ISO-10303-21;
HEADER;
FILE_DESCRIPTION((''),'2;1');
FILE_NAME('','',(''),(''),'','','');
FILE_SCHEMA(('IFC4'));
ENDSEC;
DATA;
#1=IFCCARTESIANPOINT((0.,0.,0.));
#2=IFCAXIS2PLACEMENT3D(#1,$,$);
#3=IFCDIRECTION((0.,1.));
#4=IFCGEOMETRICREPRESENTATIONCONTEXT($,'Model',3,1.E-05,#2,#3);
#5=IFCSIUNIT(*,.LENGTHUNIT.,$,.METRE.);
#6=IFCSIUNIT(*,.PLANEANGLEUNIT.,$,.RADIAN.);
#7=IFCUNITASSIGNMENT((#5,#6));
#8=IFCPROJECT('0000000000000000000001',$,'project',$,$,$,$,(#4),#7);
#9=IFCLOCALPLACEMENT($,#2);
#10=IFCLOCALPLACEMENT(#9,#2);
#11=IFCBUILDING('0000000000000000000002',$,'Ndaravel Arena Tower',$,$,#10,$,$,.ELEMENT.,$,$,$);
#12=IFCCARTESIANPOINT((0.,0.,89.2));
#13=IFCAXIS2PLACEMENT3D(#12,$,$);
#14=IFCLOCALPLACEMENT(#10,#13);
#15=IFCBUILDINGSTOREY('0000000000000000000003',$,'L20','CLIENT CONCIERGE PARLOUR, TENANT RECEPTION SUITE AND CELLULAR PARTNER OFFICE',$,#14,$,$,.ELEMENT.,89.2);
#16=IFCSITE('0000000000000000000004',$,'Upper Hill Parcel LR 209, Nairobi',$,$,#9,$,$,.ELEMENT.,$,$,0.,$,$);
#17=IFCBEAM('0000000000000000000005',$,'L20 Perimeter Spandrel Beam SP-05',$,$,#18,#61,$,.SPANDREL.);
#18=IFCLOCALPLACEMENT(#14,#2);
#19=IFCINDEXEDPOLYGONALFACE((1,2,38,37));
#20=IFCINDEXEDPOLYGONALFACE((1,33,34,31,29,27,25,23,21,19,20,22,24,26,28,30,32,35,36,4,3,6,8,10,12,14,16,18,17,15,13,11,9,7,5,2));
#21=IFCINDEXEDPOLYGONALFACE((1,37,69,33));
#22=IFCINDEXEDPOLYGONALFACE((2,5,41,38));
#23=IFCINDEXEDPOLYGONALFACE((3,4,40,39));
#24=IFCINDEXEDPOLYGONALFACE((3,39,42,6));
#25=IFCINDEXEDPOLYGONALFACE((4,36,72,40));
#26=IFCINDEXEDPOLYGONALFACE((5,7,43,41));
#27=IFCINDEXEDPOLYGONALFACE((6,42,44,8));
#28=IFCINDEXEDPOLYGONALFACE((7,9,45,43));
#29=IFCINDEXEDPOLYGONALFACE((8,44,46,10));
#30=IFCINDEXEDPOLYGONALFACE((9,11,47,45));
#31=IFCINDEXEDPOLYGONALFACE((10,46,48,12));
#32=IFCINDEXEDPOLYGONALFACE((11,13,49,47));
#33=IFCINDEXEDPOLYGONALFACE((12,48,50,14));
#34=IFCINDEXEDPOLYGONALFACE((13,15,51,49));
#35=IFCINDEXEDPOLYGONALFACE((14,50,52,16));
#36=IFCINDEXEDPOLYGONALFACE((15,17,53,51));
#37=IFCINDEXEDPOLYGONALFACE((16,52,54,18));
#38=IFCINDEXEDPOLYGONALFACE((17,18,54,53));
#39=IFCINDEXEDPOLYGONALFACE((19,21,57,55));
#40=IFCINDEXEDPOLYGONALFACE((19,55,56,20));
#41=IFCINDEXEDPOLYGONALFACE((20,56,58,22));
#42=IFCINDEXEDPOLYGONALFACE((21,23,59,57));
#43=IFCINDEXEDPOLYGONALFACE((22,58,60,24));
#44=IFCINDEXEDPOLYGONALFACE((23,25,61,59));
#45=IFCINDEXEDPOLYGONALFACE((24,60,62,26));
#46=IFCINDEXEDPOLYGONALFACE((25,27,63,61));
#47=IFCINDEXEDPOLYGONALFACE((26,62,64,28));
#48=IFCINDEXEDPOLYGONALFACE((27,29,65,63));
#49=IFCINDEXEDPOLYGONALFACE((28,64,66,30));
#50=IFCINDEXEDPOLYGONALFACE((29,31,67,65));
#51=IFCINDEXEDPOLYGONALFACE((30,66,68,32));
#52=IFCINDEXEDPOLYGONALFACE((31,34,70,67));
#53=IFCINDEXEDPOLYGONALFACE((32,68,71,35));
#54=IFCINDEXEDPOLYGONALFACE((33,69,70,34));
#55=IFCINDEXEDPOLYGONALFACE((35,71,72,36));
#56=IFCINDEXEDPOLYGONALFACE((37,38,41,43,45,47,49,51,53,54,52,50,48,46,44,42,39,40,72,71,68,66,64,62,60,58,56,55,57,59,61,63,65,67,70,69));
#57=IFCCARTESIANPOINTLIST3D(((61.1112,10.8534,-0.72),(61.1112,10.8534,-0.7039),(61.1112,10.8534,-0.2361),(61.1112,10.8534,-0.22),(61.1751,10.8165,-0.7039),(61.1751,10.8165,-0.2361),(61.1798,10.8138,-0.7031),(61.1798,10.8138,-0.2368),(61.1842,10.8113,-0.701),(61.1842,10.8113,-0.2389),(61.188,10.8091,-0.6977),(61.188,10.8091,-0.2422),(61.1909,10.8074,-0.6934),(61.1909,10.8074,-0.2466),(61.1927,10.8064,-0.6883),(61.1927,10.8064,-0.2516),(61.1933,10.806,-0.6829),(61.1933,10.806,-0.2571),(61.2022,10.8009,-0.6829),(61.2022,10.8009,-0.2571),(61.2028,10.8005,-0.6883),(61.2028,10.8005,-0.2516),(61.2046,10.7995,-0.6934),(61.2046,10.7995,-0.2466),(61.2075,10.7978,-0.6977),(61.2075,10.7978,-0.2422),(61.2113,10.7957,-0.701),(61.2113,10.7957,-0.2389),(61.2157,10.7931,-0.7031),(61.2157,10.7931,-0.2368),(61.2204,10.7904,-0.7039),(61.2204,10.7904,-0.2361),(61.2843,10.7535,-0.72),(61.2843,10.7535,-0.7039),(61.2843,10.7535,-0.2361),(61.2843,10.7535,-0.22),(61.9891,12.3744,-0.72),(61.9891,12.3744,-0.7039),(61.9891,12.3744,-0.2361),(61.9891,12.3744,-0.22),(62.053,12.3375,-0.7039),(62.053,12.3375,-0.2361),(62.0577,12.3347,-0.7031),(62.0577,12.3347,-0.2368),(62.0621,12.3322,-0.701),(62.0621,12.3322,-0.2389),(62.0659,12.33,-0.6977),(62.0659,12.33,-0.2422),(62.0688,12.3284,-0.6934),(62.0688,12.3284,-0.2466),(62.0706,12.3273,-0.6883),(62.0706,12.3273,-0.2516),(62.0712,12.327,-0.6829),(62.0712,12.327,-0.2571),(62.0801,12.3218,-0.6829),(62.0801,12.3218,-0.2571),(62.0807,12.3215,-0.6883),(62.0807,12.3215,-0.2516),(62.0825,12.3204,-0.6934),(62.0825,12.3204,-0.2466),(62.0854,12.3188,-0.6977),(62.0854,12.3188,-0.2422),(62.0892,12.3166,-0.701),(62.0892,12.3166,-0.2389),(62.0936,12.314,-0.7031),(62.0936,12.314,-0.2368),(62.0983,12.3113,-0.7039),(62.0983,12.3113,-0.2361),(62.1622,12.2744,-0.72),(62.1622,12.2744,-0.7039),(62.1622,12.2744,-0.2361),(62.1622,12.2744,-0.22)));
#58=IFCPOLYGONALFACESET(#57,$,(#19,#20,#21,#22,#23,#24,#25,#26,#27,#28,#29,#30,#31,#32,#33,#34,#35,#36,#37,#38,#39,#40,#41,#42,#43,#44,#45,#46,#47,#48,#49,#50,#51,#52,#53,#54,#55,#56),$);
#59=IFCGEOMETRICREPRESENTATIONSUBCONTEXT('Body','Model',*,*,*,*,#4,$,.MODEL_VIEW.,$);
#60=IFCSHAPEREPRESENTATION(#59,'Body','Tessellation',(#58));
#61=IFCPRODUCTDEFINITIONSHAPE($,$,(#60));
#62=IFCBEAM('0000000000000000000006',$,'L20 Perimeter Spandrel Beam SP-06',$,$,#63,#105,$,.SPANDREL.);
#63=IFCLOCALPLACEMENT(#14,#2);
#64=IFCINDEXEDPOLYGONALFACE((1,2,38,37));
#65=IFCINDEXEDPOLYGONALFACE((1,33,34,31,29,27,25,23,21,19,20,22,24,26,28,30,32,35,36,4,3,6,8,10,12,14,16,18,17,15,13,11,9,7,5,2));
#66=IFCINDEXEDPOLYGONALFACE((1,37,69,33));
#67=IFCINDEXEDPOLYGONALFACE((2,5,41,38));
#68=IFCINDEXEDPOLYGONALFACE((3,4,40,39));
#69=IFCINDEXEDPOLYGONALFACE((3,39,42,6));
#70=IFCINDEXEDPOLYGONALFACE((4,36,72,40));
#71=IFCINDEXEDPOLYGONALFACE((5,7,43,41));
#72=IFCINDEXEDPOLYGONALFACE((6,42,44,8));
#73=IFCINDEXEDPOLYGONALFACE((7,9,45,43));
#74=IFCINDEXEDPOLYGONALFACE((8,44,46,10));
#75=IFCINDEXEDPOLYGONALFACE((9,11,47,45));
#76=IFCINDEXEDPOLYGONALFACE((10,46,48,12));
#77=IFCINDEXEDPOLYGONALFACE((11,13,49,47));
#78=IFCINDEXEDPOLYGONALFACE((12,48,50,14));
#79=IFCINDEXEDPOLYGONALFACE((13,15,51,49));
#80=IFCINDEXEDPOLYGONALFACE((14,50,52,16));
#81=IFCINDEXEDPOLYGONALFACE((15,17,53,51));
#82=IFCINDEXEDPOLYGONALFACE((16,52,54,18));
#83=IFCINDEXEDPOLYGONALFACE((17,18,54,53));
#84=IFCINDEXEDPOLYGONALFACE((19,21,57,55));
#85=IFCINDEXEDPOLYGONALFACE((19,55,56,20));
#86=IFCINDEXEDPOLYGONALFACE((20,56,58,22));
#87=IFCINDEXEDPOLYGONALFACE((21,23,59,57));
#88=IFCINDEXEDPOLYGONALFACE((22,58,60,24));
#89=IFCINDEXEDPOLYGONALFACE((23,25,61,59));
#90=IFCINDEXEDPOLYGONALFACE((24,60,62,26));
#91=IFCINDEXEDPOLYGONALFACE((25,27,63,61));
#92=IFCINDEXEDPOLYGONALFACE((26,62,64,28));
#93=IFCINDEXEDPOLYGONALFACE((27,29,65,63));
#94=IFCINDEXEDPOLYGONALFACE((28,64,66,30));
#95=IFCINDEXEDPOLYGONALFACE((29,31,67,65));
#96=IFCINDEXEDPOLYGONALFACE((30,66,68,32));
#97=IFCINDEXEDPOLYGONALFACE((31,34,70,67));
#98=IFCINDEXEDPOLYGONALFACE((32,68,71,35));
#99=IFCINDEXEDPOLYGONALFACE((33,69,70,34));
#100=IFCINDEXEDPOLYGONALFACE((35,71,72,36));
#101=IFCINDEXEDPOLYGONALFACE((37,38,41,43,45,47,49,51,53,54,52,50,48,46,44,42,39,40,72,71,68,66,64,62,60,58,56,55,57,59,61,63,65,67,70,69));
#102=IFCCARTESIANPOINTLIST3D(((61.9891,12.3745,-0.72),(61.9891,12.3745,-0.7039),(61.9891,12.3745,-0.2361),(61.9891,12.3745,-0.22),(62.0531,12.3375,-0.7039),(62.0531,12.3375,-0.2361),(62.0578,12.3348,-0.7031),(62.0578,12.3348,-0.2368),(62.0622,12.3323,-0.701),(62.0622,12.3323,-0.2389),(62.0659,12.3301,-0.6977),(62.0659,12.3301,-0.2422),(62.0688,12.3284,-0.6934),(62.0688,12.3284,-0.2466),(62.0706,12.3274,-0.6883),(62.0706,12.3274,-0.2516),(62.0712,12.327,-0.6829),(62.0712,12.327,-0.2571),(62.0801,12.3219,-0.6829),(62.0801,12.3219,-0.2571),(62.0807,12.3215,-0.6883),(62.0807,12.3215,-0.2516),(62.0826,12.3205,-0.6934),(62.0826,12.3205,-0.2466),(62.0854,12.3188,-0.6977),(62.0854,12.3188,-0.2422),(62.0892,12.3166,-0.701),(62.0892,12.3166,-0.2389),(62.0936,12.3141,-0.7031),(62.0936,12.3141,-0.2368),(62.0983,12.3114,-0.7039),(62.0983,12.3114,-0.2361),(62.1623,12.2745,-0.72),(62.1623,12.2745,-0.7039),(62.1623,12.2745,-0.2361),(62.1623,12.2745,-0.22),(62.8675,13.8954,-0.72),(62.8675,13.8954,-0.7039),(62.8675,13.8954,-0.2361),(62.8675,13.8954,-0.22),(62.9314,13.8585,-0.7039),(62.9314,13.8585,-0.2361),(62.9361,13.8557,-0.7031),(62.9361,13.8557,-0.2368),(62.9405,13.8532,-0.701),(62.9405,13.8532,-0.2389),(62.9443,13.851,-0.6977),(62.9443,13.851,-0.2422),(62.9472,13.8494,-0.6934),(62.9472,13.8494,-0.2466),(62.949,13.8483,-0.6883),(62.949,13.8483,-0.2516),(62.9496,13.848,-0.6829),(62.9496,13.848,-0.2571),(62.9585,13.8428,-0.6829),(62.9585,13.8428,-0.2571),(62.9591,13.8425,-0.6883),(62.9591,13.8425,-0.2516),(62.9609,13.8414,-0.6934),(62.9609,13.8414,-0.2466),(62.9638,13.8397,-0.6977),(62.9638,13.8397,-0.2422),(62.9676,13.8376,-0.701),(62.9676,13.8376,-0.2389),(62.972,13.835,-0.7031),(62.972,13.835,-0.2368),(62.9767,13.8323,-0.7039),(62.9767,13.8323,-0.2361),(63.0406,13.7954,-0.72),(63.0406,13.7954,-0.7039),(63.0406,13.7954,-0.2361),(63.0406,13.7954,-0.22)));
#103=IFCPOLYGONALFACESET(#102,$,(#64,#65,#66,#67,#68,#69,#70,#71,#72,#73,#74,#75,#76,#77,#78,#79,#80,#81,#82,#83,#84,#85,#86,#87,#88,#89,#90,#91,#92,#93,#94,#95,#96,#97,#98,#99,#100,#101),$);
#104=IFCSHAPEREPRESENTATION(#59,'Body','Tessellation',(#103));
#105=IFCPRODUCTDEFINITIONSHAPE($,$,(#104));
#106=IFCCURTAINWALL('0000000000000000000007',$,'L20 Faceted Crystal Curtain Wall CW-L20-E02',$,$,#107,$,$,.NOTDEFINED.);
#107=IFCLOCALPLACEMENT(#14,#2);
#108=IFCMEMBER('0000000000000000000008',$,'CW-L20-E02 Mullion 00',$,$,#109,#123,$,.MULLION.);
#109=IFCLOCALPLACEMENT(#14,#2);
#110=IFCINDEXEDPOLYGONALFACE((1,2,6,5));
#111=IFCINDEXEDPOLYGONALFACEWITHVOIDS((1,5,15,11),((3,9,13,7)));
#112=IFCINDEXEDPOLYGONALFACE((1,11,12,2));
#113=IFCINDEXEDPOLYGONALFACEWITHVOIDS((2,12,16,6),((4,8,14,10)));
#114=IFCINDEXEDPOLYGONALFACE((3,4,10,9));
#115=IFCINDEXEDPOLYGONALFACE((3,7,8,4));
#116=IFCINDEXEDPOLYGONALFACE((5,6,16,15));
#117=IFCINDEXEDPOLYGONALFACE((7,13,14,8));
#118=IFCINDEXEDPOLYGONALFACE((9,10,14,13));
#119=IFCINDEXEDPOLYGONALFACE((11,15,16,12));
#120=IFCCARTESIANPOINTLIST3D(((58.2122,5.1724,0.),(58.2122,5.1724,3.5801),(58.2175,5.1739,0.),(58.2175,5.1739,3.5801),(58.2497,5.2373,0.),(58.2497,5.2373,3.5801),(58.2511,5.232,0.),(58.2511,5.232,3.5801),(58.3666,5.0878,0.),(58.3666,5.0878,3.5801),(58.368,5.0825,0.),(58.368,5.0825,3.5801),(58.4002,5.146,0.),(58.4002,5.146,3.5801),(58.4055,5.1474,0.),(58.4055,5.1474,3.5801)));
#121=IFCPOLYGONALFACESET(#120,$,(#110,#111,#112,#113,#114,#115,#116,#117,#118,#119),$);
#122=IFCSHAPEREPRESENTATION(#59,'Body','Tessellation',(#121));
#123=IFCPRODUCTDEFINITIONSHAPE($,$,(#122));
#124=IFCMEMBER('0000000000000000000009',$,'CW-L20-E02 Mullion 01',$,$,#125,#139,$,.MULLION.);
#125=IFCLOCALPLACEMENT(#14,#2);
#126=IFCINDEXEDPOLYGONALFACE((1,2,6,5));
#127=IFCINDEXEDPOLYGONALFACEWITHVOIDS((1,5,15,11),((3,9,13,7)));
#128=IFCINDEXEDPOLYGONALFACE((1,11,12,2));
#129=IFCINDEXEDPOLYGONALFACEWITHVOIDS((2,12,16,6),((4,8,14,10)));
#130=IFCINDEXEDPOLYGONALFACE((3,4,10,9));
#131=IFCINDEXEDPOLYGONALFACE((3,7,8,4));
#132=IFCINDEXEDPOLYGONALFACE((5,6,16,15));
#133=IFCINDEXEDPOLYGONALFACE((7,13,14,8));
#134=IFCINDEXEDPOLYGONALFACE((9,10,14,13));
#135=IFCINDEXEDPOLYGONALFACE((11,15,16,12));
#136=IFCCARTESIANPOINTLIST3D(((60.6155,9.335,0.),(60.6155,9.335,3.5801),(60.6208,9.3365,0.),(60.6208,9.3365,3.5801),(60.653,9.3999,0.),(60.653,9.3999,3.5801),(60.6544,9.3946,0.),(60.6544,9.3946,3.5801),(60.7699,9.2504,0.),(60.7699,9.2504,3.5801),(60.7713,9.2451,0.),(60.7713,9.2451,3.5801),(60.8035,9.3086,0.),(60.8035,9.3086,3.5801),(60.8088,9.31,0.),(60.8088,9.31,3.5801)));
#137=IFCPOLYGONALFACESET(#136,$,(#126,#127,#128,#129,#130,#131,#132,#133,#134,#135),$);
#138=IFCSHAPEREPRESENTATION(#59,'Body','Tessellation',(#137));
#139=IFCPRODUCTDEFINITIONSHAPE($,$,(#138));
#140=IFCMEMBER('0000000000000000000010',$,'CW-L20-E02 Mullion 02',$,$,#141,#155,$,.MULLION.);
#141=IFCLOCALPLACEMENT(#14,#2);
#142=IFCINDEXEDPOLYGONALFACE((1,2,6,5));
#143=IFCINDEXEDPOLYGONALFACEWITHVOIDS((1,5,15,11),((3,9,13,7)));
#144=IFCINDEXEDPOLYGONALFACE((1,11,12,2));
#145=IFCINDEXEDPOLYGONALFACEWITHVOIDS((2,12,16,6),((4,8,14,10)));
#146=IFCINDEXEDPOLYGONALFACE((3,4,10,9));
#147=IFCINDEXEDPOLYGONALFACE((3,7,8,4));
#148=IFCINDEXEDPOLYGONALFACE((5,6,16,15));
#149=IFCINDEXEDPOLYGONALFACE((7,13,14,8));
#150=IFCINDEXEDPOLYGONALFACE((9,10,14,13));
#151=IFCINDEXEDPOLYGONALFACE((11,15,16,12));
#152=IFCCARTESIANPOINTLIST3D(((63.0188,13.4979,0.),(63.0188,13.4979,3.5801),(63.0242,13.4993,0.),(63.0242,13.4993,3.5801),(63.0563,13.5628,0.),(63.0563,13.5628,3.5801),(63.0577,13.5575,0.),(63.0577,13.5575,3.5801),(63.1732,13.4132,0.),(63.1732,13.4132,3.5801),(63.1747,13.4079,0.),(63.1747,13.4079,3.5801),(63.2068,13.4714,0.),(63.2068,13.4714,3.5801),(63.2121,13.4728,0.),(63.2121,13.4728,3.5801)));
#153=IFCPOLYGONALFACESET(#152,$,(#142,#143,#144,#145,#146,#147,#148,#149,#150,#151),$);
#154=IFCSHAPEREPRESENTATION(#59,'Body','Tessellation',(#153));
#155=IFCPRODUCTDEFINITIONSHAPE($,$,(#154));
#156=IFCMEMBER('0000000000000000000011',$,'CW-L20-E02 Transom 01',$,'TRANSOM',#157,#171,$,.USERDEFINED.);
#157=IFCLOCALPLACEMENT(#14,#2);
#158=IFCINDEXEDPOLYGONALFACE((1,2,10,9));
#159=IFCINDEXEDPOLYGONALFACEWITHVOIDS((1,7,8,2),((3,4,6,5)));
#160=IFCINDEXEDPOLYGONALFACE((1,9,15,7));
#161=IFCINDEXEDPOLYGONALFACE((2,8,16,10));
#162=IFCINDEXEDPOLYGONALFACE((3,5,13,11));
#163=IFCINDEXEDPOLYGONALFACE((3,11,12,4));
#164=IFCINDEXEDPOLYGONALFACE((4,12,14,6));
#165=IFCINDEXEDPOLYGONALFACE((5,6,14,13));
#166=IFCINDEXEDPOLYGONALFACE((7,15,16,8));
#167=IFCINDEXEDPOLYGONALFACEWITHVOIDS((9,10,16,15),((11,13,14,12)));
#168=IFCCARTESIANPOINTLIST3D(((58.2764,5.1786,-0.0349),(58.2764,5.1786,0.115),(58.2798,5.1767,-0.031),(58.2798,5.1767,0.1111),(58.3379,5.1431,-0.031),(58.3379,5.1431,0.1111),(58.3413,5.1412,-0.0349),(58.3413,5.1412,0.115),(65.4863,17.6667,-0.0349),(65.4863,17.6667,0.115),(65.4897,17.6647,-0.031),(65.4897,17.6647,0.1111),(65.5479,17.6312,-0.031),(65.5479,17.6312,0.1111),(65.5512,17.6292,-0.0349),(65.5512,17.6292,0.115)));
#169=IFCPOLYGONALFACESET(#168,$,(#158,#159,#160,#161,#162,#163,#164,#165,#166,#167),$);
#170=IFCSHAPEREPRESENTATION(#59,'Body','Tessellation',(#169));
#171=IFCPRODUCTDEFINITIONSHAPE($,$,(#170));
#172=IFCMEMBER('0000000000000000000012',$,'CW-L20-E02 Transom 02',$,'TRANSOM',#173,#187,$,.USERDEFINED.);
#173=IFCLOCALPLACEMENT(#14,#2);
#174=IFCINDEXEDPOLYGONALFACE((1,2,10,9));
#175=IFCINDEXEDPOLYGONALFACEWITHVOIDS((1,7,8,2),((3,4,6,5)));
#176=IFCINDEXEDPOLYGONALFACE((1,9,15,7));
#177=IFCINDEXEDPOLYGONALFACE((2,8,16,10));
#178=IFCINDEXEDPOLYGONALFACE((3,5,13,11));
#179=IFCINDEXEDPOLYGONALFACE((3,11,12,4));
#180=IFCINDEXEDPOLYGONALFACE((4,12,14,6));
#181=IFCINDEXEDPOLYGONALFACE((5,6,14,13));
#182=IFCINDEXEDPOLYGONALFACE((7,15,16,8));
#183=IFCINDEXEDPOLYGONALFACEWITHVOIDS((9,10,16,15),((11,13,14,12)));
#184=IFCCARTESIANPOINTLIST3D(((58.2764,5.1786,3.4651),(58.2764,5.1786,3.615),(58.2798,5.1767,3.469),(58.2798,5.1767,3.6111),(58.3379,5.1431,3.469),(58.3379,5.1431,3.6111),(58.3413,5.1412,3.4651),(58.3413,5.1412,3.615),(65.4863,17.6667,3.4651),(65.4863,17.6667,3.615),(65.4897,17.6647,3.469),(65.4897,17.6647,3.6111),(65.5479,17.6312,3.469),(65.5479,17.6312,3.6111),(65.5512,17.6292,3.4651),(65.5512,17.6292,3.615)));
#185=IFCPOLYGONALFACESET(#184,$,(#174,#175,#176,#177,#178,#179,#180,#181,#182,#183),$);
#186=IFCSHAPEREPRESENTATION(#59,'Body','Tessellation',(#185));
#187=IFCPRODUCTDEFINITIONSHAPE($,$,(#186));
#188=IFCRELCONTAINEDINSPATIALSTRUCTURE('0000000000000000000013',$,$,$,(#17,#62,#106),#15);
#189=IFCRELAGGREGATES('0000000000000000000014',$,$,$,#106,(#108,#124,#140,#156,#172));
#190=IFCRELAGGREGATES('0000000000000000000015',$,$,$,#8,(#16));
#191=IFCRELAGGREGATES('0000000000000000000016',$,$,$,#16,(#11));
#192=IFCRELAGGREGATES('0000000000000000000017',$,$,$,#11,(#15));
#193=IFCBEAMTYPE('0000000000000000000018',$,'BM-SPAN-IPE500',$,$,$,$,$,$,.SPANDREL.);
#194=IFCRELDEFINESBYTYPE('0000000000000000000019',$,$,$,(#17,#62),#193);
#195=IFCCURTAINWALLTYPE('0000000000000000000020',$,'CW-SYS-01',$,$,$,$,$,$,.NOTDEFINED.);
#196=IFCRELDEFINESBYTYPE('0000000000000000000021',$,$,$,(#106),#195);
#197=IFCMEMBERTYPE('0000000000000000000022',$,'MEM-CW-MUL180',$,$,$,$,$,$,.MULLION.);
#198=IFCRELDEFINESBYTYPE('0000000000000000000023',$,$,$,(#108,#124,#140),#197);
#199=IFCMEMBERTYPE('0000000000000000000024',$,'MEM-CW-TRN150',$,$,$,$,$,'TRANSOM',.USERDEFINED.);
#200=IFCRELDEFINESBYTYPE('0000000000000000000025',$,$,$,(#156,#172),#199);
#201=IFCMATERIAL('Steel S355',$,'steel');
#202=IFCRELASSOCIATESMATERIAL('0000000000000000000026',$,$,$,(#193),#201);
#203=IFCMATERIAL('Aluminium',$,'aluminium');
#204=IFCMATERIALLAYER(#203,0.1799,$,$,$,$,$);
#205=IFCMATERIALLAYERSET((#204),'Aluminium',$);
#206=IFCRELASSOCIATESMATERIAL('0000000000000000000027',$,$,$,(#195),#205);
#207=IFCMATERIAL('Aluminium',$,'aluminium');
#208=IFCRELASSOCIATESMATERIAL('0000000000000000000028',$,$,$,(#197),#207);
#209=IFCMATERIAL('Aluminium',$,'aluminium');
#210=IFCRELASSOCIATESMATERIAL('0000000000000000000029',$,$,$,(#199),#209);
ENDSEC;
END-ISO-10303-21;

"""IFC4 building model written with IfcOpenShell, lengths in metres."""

from ifc_helpers import new_model, si_unit, direction, frame, origin, origin_2d, place, context, subcontext, project, spatial, hollow_rectangle, i_section, extrude, material, layer, layer_set, material_profile, profile_set, type_object, element, aggregate, save


model = new_model("IFC4")

# Units and contexts
model_context = context("Model", 3, precision=1e-05, world=origin(), true_north=direction((0.0, 1.0)))
body_context = subcontext(model_context, "Body", "Model", "MODEL_VIEW")
ifc_project = project(units=[si_unit("LENGTHUNIT", "METRE"), si_unit("PLANEANGLEUNIT", "RADIAN")], contexts=[model_context])

# Site, building, storey
site_placement = place(None, origin())
site = spatial("IfcSite", under=ifc_project, at=site_placement, Name="Upper Hill Parcel LR 209, Nairobi", CompositionType="ELEMENT", RefElevation=0.0)
building_placement = place(site_placement, origin())
building = spatial("IfcBuilding", under=site, at=building_placement, Name="Ndaravel Arena Tower", CompositionType="ELEMENT")
storey_placement = place(building_placement, frame((0.0, 0.0, 89.2)))
storey = spatial("IfcBuildingStorey", under=building, at=storey_placement, Name="L20", Description="CLIENT CONCIERGE PARLOUR, TENANT RECEPTION SUITE AND CELLULAR PARTNER OFFICE", CompositionType="ELEMENT", Elevation=89.2)

# Beams
ifc_material_1 = material(Name="Steel S355", Category="steel")
ifc_material_profile_1 = material_profile(ifc_material_1, i_section(OverallWidth=0.2, OverallDepth=0.5, WebThickness=0.0103, FlangeThickness=0.0161, FilletRadius=0.021, at=origin_2d()), Name="IPE 500")
ifc_profile_set_1 = profile_set([ifc_material_profile_1], Name="Steel S355")
beam_type = type_object("IfcBeamType", Name="BM-SPAN-IPE500", PredefinedType="SPANDREL", material=ifc_profile_set_1)
beam_1_placement = place(storey_placement, frame((61.1978, 10.8035, -0.47), z_axis=(0.499907, 0.866079, 0.0), x_axis=(-0.866079, 0.499907, 0.0)))
element("IfcBeam", 1, at=beam_1_placement, inside=storey, type_object=beam_type, Name="L20 Perimeter Spandrel Beam SP-05", PredefinedType="SPANDREL", context=body_context, shape_type="SweptSolid", body=[
    extrude(i_section(OverallWidth=0.2, OverallDepth=0.5, WebThickness=0.0103, FlangeThickness=0.0161, FilletRadius=0.021, at=origin_2d()), origin(), (0.0, 0.0, 1.0), 1.7561),
])
beam_2_placement = place(storey_placement, frame((62.0757, 12.3245, -0.47), z_axis=(0.500115, 0.865959, 0.0), x_axis=(-0.865959, 0.500115, 0.0)))
element("IfcBeam", 2, at=beam_2_placement, inside=storey, type_object=beam_type, Name="L20 Perimeter Spandrel Beam SP-06", PredefinedType="SPANDREL", context=body_context, shape_type="SweptSolid", body=[
    extrude(i_section(OverallWidth=0.2, OverallDepth=0.5, WebThickness=0.0103, FlangeThickness=0.0161, FilletRadius=0.021, at=origin_2d()), origin(), (0.0, 0.0, 1.0), 1.7563),
])

# Curtain wall, members
ifc_material_2 = material(Name="Aluminium", Category="aluminium")
ifc_layer_1 = layer(ifc_material_2, 0.1799)
ifc_layer_set_1 = layer_set([ifc_layer_1], Name="Aluminium")
curtain_wall_type = type_object("IfcCurtainWallType", Name="CW-SYS-01", PredefinedType="NOTDEFINED", material=ifc_layer_set_1)
curtain_wall_placement = place(storey_placement, origin())
curtain_wall = element("IfcCurtainWall", 3, at=curtain_wall_placement, inside=storey, type_object=curtain_wall_type, Name="L20 Faceted Crystal Curtain Wall CW-L20-E02", PredefinedType="NOTDEFINED")
ifc_material_3 = material(Name="Aluminium", Category="aluminium")
ifc_material_profile_2 = material_profile(ifc_material_3, hollow_rectangle(XDim=0.075, YDim=0.1799, WallThickness=0.0039, at=origin_2d()), Name="CW MULLION 75x180x4")
ifc_profile_set_2 = profile_set([ifc_material_profile_2], Name="Aluminium")
member_type_1 = type_object("IfcMemberType", Name="MEM-CW-MUL180", PredefinedType="MULLION", material=ifc_profile_set_2)
member_1_placement = place(storey_placement, frame((58.3088, 5.1599, 0.0), z_axis=(0.0, 0.0, 1.0), x_axis=(0.5, 0.866025, 0.0)))
member_1 = element("IfcMember", 4, at=member_1_placement, type_object=member_type_1, Name="CW-L20-E02 Mullion 00", PredefinedType="MULLION", context=body_context, shape_type="SweptSolid", body=[
    extrude(hollow_rectangle(XDim=0.075, YDim=0.1799, WallThickness=0.0039, at=origin_2d()), origin(), (0.0, 0.0, 1.0), 3.5801),
])
member_2_placement = place(storey_placement, frame((60.7122, 9.3225, 0.0), z_axis=(0.0, 0.0, 1.0), x_axis=(0.5, 0.866025, 0.0)))
member_2 = element("IfcMember", 5, at=member_2_placement, type_object=member_type_1, Name="CW-L20-E02 Mullion 01", PredefinedType="MULLION", context=body_context, shape_type="SweptSolid", body=[
    extrude(hollow_rectangle(XDim=0.075, YDim=0.1799, WallThickness=0.0039, at=origin_2d()), origin(), (0.0, 0.0, 1.0), 3.5801),
])
member_3_placement = place(storey_placement, frame((63.1155, 13.4854, 0.0), z_axis=(0.0, 0.0, 1.0), x_axis=(0.5, 0.866025, 0.0)))
member_3 = element("IfcMember", 6, at=member_3_placement, type_object=member_type_1, Name="CW-L20-E02 Mullion 02", PredefinedType="MULLION", context=body_context, shape_type="SweptSolid", body=[
    extrude(hollow_rectangle(XDim=0.075, YDim=0.1799, WallThickness=0.0039, at=origin_2d()), origin(), (0.0, 0.0, 1.0), 3.5801),
])
ifc_material_4 = material(Name="Aluminium", Category="aluminium")
ifc_material_profile_3 = material_profile(ifc_material_4, hollow_rectangle(XDim=0.075, YDim=0.1499, WallThickness=0.0039, at=origin_2d()), Name="CW TRANSOM 75x150x4")
ifc_profile_set_3 = profile_set([ifc_material_profile_3], Name="Aluminium")
member_type_2 = type_object("IfcMemberType", Name="MEM-CW-TRN150", ElementType="TRANSOM", PredefinedType="USERDEFINED", material=ifc_profile_set_3)
member_4_placement = place(storey_placement, frame((58.3088, 5.1599, 0.04), z_axis=(0.499999, 0.866026, 0.0), x_axis=(-0.866026, 0.499999, 0.0)))
member_4 = element("IfcMember", 7, at=member_4_placement, type_object=member_type_2, Name="CW-L20-E02 Transom 01", ObjectType="TRANSOM", PredefinedType="USERDEFINED", context=body_context, shape_type="SweptSolid", body=[
    extrude(hollow_rectangle(XDim=0.075, YDim=0.1499, WallThickness=0.0039, at=origin_2d()), origin(), (0.0, 0.0, 1.0), 14.4199),
])
member_5_placement = place(storey_placement, frame((58.3088, 5.1599, 3.54), z_axis=(0.499999, 0.866026, 0.0), x_axis=(-0.866026, 0.499999, 0.0)))
member_5 = element("IfcMember", 8, at=member_5_placement, type_object=member_type_2, Name="CW-L20-E02 Transom 02", ObjectType="TRANSOM", PredefinedType="USERDEFINED", context=body_context, shape_type="SweptSolid", body=[
    extrude(hollow_rectangle(XDim=0.075, YDim=0.1499, WallThickness=0.0039, at=origin_2d()), origin(), (0.0, 0.0, 1.0), 14.4199),
])
aggregate(curtain_wall, [member_1, member_2, member_3, member_4, member_5])

save(model, "model.ifc")
